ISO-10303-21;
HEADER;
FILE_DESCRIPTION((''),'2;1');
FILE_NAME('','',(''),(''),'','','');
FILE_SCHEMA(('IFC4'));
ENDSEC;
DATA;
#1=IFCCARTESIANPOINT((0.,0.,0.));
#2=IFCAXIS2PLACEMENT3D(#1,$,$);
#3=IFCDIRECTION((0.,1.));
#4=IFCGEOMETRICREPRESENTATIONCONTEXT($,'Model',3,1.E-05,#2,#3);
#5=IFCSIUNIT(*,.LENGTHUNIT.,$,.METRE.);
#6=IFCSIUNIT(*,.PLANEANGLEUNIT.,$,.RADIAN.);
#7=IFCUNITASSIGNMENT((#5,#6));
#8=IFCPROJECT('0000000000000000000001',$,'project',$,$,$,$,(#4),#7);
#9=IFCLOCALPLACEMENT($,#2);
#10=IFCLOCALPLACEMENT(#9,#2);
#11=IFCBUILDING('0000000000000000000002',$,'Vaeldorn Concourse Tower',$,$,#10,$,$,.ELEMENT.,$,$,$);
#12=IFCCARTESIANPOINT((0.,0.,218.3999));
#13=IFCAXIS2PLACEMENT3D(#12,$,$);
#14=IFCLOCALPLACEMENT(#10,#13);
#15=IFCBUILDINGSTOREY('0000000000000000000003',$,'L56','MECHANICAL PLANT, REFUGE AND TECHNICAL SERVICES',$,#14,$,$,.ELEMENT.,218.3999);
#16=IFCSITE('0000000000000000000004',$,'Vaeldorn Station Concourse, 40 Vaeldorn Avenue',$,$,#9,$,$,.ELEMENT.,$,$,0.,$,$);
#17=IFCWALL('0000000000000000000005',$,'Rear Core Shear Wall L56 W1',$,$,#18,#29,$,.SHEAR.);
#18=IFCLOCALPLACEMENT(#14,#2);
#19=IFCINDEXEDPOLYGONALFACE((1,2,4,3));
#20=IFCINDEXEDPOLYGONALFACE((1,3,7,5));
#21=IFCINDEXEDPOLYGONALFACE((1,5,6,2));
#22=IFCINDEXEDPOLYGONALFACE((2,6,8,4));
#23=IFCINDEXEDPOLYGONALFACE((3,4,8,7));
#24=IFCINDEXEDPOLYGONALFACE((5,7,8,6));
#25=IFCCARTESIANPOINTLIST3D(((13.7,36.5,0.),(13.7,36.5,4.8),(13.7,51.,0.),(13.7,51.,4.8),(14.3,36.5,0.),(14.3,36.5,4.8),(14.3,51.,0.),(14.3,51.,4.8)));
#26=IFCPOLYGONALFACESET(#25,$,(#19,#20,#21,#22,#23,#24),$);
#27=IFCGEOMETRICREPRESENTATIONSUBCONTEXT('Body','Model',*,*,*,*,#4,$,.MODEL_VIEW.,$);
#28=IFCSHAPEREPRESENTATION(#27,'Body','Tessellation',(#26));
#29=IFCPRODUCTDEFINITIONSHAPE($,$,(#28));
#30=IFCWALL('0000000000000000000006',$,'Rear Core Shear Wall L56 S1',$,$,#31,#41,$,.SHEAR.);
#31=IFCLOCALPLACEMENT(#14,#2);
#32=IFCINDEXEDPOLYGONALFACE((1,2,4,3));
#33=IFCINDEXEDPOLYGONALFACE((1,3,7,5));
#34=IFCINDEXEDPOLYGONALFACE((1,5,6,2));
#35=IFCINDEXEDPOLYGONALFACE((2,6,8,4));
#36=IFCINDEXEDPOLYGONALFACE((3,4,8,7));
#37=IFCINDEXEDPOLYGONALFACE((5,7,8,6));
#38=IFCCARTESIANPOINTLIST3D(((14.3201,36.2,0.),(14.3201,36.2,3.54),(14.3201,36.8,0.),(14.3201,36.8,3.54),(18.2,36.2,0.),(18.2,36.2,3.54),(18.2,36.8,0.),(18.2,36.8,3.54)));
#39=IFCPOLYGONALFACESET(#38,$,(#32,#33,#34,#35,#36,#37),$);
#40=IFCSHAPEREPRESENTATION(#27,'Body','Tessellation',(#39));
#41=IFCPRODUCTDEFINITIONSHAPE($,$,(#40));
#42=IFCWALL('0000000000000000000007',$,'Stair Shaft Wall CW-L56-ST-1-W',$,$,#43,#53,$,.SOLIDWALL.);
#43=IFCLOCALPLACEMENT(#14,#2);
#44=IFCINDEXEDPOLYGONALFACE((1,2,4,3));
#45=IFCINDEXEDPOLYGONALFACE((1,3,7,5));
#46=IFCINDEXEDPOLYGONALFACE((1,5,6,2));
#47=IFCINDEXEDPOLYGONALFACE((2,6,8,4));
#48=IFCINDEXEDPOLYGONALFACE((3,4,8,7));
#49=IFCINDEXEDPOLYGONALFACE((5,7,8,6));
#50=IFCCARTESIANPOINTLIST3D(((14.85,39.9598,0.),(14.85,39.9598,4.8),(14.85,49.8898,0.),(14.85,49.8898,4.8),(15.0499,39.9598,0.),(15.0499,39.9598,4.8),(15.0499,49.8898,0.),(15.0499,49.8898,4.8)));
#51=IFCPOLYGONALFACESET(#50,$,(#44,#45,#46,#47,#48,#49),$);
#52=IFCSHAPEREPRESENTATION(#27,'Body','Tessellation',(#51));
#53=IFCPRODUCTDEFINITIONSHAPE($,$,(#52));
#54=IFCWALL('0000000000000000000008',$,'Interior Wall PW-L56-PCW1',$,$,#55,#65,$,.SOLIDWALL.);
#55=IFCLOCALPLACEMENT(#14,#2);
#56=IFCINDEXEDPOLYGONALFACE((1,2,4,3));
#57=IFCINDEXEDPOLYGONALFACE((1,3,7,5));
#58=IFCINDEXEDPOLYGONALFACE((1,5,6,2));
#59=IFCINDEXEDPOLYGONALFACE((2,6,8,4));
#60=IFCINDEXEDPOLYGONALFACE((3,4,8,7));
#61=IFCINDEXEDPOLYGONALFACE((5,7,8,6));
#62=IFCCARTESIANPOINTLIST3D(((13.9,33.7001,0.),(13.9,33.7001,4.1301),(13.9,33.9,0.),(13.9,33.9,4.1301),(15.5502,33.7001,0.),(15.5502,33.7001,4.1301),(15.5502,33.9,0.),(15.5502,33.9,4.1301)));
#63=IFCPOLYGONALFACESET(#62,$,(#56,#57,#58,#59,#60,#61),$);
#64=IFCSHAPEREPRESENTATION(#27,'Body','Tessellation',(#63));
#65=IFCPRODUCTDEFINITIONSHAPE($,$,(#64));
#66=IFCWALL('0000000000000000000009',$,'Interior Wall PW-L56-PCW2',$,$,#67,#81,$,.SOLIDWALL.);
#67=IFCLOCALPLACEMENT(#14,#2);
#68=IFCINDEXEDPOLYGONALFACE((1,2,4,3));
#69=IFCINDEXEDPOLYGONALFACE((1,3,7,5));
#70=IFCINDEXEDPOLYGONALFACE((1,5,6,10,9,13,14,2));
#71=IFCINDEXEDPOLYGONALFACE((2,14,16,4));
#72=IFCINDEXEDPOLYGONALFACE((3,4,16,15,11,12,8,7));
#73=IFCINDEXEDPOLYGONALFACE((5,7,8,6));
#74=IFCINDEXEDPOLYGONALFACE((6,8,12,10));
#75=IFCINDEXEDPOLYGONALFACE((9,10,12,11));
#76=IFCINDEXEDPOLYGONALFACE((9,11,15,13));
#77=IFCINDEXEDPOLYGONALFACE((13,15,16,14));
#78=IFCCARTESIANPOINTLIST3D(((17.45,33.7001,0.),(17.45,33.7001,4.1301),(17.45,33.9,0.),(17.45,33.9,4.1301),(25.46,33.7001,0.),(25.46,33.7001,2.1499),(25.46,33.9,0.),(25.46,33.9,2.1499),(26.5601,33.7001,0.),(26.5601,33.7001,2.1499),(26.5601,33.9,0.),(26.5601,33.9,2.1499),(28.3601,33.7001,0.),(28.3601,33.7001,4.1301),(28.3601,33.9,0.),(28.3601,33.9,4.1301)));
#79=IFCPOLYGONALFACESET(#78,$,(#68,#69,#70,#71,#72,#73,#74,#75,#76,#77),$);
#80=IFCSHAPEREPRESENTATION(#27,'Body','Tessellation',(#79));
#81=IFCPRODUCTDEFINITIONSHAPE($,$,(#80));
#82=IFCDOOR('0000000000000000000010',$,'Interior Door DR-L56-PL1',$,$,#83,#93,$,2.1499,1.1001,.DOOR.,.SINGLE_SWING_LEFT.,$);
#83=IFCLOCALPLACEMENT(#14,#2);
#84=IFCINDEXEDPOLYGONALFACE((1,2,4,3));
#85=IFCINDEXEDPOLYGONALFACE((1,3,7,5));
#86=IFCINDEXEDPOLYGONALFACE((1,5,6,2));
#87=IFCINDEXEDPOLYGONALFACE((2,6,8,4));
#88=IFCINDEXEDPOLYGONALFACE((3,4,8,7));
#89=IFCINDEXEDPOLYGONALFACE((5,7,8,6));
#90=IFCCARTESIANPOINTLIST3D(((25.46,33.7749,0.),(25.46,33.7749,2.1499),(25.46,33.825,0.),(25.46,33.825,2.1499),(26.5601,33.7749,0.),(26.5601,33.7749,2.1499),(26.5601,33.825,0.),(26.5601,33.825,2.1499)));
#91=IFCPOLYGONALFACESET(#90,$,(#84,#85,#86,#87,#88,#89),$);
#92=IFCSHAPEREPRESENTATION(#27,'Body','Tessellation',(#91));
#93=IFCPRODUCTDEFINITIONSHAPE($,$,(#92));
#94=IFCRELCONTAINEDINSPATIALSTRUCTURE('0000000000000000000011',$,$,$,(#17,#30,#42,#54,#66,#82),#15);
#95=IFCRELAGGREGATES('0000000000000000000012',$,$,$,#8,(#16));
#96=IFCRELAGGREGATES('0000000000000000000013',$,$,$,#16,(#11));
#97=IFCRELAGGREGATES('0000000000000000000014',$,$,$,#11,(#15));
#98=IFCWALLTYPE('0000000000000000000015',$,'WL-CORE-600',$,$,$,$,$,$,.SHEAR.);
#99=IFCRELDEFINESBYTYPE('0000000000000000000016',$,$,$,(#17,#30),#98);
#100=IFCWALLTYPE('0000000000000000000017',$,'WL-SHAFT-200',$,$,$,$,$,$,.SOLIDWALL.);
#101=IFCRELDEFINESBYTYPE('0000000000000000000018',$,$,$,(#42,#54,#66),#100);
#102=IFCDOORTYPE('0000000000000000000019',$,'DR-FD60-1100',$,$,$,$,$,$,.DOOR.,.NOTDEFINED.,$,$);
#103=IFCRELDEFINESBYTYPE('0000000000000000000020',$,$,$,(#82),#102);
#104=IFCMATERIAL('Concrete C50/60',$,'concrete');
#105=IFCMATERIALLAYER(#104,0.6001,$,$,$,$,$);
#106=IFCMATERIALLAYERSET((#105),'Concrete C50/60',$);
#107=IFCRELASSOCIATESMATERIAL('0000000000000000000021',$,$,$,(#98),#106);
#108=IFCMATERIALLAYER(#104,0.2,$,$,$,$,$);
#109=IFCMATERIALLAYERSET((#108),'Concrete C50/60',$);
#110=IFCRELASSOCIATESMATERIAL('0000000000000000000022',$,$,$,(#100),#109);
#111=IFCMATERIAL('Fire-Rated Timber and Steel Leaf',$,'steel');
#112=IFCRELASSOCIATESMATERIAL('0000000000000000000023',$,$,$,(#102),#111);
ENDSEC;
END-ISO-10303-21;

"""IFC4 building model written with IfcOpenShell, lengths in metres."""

from ifc_helpers import new_model, si_unit, direction, frame, frame_2d, origin, place, context, subcontext, project, spatial, rectangle, extrude, source, transform, mapped, material, layer, layer_set, type_object, element, fill, save


model = new_model("IFC4")

# Units and contexts
model_context = context("Model", 3, precision=1e-05, world=origin(), true_north=direction((0.0, 1.0)))
body_context = subcontext(model_context, "Body", "Model", "MODEL_VIEW")
ifc_project = project(units=[si_unit("LENGTHUNIT", "METRE"), si_unit("PLANEANGLEUNIT", "RADIAN")], contexts=[model_context])

# Site, building, storey
site_placement = place(None, origin())
site = spatial("IfcSite", under=ifc_project, at=site_placement, Name="Vaeldorn Station Concourse, 40 Vaeldorn Avenue", CompositionType="ELEMENT", RefElevation=0.0)
building_placement = place(site_placement, origin())
building = spatial("IfcBuilding", under=site, at=building_placement, Name="Vaeldorn Concourse Tower", CompositionType="ELEMENT")
storey_placement = place(building_placement, frame((0.0, 0.0, 218.3999)))
storey = spatial("IfcBuildingStorey", under=building, at=storey_placement, Name="L56", Description="MECHANICAL PLANT, REFUGE AND TECHNICAL SERVICES", CompositionType="ELEMENT", Elevation=218.3999)

# Shared definitions
ifc_material_1 = material(Name="Concrete C50/60", Category="concrete")

# Walls
ifc_layer_1 = layer(ifc_material_1, 0.6001)
ifc_layer_set_1 = layer_set([ifc_layer_1], Name="Concrete C50/60")
wall_type_1 = type_object("IfcWallType", Name="WL-CORE-600", PredefinedType="SHEAR", material=ifc_layer_set_1)
wall_1_placement = place(storey_placement, frame((14.0, 36.5, 0.0), z_axis=(0.0, 0.0, 1.0), x_axis=(0.0, 1.0, 0.0)))
element("IfcWall", 1, at=wall_1_placement, inside=storey, type_object=wall_type_1, Name="Rear Core Shear Wall L56 W1", PredefinedType="SHEAR", context=body_context, shape_type="SweptSolid", body=[
    extrude(rectangle(XDim=14.5, YDim=0.6001, at=frame_2d((7.25, 0.0))), origin(), (0.0, 0.0, 1.0), 4.8),
])
wall_2_placement = place(storey_placement, frame((14.3201, 36.5, 0.0), z_axis=(0.0, 0.0, 1.0), x_axis=(1.0, 0.0, 0.0)))
element("IfcWall", 2, at=wall_2_placement, inside=storey, type_object=wall_type_1, Name="Rear Core Shear Wall L56 S1", PredefinedType="SHEAR", context=body_context, shape_type="SweptSolid", body=[
    extrude(rectangle(XDim=3.8799, YDim=0.6001, at=frame_2d((1.9399, 0.0))), origin(), (0.0, 0.0, 1.0), 3.54),
])

# Shared definitions
ifc_layer_2 = layer(ifc_material_1, 0.2)
ifc_layer_set_2 = layer_set([ifc_layer_2], Name="Concrete C50/60")
wall_type_2 = type_object("IfcWallType", Name="WL-SHAFT-200", PredefinedType="SOLIDWALL", material=ifc_layer_set_2)
ifc_material_2 = material(Name="Fire-Rated Timber and Steel Leaf", Category="steel")
door_type = type_object("IfcDoorType", Name="DR-FD60-1100", OperationType="NOTDEFINED", PredefinedType="DOOR", material=ifc_material_2)
shared_shape_1 = source(origin(), body_context, "Body", "SweptSolid", [
    extrude(rectangle(XDim=1.1001, YDim=2.1499, at=frame_2d((0.55, 1.075))), frame((0.0, 0.0249, 0.0), z_axis=(0.0, -1.0, 0.0), x_axis=(1.0, 0.0, 0.0)), (0.0, 0.0, 1.0), 0.05),
])

# Wall
wall_3_placement = place(storey_placement, frame((14.95, 39.96, 0.0), z_axis=(0.0, 0.0, 1.0), x_axis=(0.0, 1.0, 0.0)))
element("IfcWall", 3, at=wall_3_placement, inside=storey, type_object=wall_type_2, Name="Stair Shaft Wall CW-L56-ST-1-W", PredefinedType="SOLIDWALL", context=body_context, shape_type="SweptSolid", body=[
    extrude(rectangle(XDim=9.9299, YDim=0.2, at=frame_2d((4.9648, 0.0))), origin(), (0.0, 0.0, 1.0), 4.8),
])

# Wall
wall_4_placement = place(storey_placement, frame((13.8999, 33.8, 0.0), z_axis=(0.0, 0.0, 1.0), x_axis=(1.0, 0.0, 0.0)))
element("IfcWall", 4, at=wall_4_placement, inside=storey, type_object=wall_type_2, Name="Interior Wall PW-L56-PCW1", PredefinedType="SOLIDWALL", context=body_context, shape_type="SweptSolid", body=[
    extrude(rectangle(XDim=1.6501, YDim=0.2, at=frame_2d((0.8252, 0.0))), origin(), (0.0, 0.0, 1.0), 4.1301),
])

# Wall, opening, door
wall_5_placement = place(storey_placement, frame((17.45, 33.8, 0.0), z_axis=(0.0, 0.0, 1.0), x_axis=(1.0, 0.0, 0.0)))
wall_5 = element("IfcWall", 5, at=wall_5_placement, inside=storey, type_object=wall_type_2, Name="Interior Wall PW-L56-PCW2", PredefinedType="SOLIDWALL", context=body_context, shape_type="SweptSolid", body=[
    extrude(rectangle(XDim=10.9102, YDim=0.2, at=frame_2d((5.4551, 0.0))), origin(), (0.0, 0.0, 1.0), 4.1301),
])
opening_1_placement = place(wall_5_placement, frame((8.01, 0.0, 0.0)))
opening_1 = element("IfcOpeningElement", 6, at=opening_1_placement, cuts=wall_5, PredefinedType="OPENING", context=body_context, shape_type="SweptSolid", body=[
    extrude(rectangle(XDim=1.1001, YDim=2.1499, at=frame_2d((0.55, 1.075))), frame((0.0, 0.1099, 0.0), z_axis=(0.0, -1.0, 0.0), x_axis=(1.0, 0.0, 0.0)), (0.0, 0.0, 1.0), 0.22),
])
door_1_placement = place(opening_1_placement, origin())
door_1 = element("IfcDoor", 7, at=door_1_placement, inside=storey, type_object=door_type, Name="Interior Door DR-L56-PL1", OperationType="SINGLE_SWING_LEFT", OverallHeight=2.1499, OverallWidth=1.1001, PredefinedType="DOOR", context=body_context, shape_type="MappedRepresentation", body=[
    mapped(shared_shape_1, transform((0.0, 0.0, 0.0), scale=1.0)),
])
fill(opening_1, door_1)

save(model, "model.ifc")
